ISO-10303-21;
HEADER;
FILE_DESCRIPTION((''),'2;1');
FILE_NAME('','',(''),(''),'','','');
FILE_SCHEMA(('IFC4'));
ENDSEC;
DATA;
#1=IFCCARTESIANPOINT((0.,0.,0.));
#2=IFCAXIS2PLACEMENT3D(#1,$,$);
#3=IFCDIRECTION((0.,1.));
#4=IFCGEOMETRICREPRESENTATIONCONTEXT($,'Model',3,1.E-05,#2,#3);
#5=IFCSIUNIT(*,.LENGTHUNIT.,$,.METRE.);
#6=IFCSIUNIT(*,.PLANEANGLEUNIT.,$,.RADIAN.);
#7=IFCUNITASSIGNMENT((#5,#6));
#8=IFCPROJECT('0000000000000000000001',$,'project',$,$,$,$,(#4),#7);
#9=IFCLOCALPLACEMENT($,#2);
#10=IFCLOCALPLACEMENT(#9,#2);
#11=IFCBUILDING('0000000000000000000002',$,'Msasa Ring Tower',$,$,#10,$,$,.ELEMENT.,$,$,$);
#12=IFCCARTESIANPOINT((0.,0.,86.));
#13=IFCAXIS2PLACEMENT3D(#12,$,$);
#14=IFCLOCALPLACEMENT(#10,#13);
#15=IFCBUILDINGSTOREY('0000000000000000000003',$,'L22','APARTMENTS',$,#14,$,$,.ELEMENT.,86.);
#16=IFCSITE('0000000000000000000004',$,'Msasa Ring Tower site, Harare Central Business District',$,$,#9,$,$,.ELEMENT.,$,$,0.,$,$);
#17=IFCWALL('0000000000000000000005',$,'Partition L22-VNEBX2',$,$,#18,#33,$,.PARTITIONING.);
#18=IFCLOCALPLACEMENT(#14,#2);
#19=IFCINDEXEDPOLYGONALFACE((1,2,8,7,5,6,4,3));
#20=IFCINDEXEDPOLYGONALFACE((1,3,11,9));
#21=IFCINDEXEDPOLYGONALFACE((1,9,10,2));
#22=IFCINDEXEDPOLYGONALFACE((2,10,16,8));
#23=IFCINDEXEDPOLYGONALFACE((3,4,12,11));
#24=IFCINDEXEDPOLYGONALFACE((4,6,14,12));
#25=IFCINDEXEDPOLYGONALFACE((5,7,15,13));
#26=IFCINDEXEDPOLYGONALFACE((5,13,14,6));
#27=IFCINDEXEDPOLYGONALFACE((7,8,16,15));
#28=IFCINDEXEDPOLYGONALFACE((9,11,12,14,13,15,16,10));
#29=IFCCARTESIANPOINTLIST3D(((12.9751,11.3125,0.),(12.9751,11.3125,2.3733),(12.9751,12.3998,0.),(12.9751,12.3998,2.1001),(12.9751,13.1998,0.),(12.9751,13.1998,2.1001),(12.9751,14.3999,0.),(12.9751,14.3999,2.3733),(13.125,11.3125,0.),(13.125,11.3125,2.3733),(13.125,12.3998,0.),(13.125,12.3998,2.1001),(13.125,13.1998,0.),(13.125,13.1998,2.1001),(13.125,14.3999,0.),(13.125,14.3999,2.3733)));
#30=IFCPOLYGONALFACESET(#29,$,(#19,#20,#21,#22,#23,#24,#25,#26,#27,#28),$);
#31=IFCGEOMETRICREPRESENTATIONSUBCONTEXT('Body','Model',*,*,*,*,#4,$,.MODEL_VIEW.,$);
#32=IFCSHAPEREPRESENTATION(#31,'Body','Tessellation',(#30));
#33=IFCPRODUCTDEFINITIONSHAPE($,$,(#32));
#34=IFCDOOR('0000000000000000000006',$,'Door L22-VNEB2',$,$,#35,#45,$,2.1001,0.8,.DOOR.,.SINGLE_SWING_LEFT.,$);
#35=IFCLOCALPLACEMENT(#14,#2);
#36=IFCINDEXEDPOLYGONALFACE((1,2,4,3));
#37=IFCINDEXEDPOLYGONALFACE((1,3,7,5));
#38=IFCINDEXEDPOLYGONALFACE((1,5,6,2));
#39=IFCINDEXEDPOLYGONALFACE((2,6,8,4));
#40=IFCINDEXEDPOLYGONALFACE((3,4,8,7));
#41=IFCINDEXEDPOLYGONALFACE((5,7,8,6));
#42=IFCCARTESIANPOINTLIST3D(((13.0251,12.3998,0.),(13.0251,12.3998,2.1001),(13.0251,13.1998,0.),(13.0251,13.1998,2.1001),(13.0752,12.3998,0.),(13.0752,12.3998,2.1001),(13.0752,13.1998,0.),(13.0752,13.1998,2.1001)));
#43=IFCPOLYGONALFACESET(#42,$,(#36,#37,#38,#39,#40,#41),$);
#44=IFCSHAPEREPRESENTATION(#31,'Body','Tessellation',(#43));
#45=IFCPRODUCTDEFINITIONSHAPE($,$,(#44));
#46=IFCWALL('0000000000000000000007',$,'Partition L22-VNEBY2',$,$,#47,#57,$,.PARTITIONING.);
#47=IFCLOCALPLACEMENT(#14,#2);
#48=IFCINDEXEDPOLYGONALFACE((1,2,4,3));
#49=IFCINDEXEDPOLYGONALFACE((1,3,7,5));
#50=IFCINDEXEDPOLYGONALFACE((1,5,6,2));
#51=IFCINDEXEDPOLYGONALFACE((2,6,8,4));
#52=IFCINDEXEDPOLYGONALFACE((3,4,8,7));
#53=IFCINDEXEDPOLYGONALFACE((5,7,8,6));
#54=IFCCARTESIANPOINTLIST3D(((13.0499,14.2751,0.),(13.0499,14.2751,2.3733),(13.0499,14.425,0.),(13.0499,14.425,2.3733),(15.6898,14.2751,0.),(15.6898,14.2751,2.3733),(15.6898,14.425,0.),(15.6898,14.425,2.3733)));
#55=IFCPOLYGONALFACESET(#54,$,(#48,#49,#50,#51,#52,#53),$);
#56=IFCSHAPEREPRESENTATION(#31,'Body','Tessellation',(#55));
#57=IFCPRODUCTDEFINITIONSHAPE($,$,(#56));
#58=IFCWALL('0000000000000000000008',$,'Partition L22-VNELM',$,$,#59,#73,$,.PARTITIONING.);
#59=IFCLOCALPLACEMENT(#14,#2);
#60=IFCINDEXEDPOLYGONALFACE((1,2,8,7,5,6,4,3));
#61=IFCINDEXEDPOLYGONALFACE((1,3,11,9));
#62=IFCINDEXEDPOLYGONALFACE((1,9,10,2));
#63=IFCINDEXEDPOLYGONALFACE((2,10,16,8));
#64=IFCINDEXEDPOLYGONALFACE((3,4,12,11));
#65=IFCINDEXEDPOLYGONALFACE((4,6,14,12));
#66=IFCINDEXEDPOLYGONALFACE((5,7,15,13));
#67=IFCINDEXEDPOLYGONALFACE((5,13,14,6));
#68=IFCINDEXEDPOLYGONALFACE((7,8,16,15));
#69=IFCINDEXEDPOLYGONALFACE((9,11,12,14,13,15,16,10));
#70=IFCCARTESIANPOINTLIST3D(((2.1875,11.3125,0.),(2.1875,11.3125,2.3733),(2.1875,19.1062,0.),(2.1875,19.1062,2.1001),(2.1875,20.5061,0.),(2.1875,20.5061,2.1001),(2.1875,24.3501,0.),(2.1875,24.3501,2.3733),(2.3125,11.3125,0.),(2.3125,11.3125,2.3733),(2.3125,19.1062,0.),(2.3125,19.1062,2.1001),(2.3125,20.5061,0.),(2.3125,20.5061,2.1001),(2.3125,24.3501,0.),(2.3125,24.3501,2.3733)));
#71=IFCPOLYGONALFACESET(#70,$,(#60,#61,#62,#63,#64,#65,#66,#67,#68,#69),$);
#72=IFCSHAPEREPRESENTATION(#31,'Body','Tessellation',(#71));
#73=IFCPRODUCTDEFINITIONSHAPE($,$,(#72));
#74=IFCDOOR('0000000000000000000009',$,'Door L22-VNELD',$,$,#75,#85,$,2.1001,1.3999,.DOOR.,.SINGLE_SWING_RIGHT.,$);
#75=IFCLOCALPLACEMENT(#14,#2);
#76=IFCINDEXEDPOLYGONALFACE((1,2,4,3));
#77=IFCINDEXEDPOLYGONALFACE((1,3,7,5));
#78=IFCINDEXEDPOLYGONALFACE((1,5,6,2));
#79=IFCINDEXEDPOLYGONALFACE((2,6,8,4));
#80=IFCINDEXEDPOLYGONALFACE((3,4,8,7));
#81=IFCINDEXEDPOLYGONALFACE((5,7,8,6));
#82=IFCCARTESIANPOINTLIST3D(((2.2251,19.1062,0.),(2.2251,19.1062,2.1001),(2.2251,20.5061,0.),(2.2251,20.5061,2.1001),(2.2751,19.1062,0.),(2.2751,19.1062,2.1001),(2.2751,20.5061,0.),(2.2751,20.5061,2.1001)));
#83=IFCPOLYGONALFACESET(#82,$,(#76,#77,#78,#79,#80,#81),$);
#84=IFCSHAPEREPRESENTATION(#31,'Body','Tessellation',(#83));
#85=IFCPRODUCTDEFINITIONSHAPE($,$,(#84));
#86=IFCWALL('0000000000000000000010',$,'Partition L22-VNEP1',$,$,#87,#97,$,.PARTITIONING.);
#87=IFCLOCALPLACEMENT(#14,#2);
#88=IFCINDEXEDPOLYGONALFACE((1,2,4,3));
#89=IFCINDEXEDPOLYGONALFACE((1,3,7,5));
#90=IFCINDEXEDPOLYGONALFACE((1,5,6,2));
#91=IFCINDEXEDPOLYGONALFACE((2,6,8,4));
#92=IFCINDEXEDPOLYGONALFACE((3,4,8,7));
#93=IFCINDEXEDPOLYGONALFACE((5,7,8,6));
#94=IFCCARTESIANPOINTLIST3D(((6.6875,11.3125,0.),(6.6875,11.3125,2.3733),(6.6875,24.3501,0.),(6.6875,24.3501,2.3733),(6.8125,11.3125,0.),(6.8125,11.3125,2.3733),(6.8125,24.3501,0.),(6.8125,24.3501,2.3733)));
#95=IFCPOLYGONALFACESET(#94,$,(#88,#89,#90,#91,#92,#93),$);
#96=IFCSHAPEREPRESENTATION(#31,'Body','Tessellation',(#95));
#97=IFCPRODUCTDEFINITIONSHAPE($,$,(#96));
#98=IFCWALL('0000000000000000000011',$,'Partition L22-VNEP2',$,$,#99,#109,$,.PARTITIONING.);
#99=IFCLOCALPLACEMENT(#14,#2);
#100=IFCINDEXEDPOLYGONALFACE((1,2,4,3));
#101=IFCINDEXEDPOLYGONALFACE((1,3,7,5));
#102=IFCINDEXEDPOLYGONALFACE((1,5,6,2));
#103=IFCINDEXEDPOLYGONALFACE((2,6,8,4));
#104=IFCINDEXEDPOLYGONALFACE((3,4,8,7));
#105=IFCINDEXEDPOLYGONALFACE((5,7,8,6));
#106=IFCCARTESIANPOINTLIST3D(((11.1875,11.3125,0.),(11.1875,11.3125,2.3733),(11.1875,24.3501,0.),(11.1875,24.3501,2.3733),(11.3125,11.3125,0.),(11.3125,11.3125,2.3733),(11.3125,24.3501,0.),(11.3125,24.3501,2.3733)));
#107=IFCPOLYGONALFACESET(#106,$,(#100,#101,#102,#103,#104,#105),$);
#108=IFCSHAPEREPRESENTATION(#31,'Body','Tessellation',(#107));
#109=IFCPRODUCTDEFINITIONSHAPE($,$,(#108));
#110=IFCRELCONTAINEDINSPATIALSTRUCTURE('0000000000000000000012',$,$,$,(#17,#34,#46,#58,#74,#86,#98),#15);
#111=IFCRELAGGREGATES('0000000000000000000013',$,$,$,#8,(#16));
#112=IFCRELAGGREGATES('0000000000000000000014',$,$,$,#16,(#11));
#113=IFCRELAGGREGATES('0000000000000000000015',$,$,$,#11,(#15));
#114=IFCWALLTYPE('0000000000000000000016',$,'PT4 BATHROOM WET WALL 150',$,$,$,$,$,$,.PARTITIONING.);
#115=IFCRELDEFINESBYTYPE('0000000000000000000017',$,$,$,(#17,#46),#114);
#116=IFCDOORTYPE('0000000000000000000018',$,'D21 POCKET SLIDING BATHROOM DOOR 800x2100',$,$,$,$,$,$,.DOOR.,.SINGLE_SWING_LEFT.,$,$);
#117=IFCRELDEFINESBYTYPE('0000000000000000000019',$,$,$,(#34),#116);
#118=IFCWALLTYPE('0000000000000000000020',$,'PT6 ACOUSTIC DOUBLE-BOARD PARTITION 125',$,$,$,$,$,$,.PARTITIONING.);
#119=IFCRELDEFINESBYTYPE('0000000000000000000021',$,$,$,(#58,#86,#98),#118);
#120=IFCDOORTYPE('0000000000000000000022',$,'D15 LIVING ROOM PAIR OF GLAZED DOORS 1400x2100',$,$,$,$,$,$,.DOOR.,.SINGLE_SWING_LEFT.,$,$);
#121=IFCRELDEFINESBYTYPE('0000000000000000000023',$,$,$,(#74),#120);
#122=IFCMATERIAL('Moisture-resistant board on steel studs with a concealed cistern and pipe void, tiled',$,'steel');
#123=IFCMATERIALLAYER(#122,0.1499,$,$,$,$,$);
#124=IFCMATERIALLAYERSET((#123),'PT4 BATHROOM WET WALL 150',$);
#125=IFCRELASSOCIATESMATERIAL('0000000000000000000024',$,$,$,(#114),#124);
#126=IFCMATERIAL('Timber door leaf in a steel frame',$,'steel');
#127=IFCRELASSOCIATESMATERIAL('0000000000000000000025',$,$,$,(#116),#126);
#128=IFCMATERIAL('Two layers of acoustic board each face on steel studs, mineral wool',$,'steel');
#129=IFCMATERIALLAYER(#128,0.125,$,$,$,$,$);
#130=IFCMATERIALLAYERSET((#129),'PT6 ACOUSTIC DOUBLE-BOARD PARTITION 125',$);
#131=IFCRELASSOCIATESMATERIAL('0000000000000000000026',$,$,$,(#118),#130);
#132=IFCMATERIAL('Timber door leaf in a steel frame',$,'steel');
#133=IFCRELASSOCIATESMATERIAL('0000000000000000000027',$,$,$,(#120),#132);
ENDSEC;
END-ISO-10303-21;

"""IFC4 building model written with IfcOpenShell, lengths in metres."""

from ifc_helpers import new_model, si_unit, direction, frame, frame_2d, origin, place, context, subcontext, project, spatial, rectangle, extrude, material, layer, layer_set, type_object, element, fill, save


model = new_model("IFC4")

# Units and contexts
model_context = context("Model", 3, precision=1e-05, world=origin(), true_north=direction((0.0, 1.0)))
body_context = subcontext(model_context, "Body", "Model", "MODEL_VIEW")
ifc_project = project(units=[si_unit("LENGTHUNIT", "METRE"), si_unit("PLANEANGLEUNIT", "RADIAN")], contexts=[model_context])

# Site, building, storey
site_placement = place(None, origin())
site = spatial("IfcSite", under=ifc_project, at=site_placement, Name="Msasa Ring Tower site, Harare Central Business District", CompositionType="ELEMENT", RefElevation=0.0)
building_placement = place(site_placement, origin())
building = spatial("IfcBuilding", under=site, at=building_placement, Name="Msasa Ring Tower", CompositionType="ELEMENT")
storey_placement = place(building_placement, frame((0.0, 0.0, 86.0)))
storey = spatial("IfcBuildingStorey", under=building, at=storey_placement, Name="L22", Description="APARTMENTS", CompositionType="ELEMENT", Elevation=86.0)

# Shared definitions
ifc_material_1 = material(Name="Moisture-resistant board on steel studs with a concealed cistern and pipe void, tiled", Category="steel")
ifc_layer_1 = layer(ifc_material_1, 0.1499)
ifc_layer_set_1 = layer_set([ifc_layer_1], Name="PT4 BATHROOM WET WALL 150")
wall_type_1 = type_object("IfcWallType", Name="PT4 BATHROOM WET WALL 150", PredefinedType="PARTITIONING", material=ifc_layer_set_1)
ifc_material_2 = material(Name="Timber door leaf in a steel frame", Category="steel")
door_type_1 = type_object("IfcDoorType", Name="D21 POCKET SLIDING BATHROOM DOOR 800x2100", OperationType="SINGLE_SWING_LEFT", PredefinedType="DOOR", material=ifc_material_2)

# Wall, opening, door
wall_1_placement = place(storey_placement, frame((13.05, 11.3125, 0.0), z_axis=(0.0, 0.0, 1.0), x_axis=(0.0, 1.0, 0.0)))
wall_1 = element("IfcWall", 1, at=wall_1_placement, inside=storey, type_object=wall_type_1, Name="Partition L22-VNEBX2", PredefinedType="PARTITIONING", context=body_context, shape_type="SweptSolid", body=[
    extrude(rectangle(XDim=3.0874, YDim=0.1499, at=frame_2d((1.5437, 0.0))), origin(), (0.0, 0.0, 1.0), 2.3733),
])
opening_1_placement = place(wall_1_placement, frame((1.0874, 0.0, 0.0)))
opening_1 = element("IfcOpeningElement", 2, at=opening_1_placement, cuts=wall_1, PredefinedType="OPENING", context=body_context, shape_type="SweptSolid", body=[
    extrude(rectangle(XDim=0.8, YDim=2.1001, at=frame_2d((0.3999, 1.05))), frame((0.0, 0.085, 0.0), z_axis=(0.0, -1.0, 0.0), x_axis=(1.0, 0.0, 0.0)), (0.0, 0.0, 1.0), 0.1699),
])
door_1_placement = place(opening_1_placement, origin())
door_1 = element("IfcDoor", 3, at=door_1_placement, inside=storey, type_object=door_type_1, Name="Door L22-VNEB2", OperationType="SINGLE_SWING_LEFT", OverallHeight=2.1001, OverallWidth=0.8, PredefinedType="DOOR", context=body_context, shape_type="SweptSolid", body=[
    extrude(rectangle(XDim=0.8, YDim=2.1001, at=frame_2d((0.3999, 1.05))), frame((0.0, 0.0249, 0.0), z_axis=(0.0, -1.0, 0.0), x_axis=(1.0, 0.0, 0.0)), (0.0, 0.0, 1.0), 0.05),
])
fill(opening_1, door_1)

# Wall
wall_2_placement = place(storey_placement, frame((13.05, 14.3501, 0.0), z_axis=(0.0, 0.0, 1.0), x_axis=(1.0, 0.0, 0.0)))
element("IfcWall", 4, at=wall_2_placement, inside=storey, type_object=wall_type_1, Name="Partition L22-VNEBY2", PredefinedType="PARTITIONING", context=body_context, shape_type="SweptSolid", body=[
    extrude(rectangle(XDim=2.6399, YDim=0.1499, at=frame_2d((1.3198, 0.0))), origin(), (0.0, 0.0, 1.0), 2.3733),
])

# Wall, opening, door
ifc_material_3 = material(Name="Two layers of acoustic board each face on steel studs, mineral wool", Category="steel")
ifc_layer_2 = layer(ifc_material_3, 0.125)
ifc_layer_set_2 = layer_set([ifc_layer_2], Name="PT6 ACOUSTIC DOUBLE-BOARD PARTITION 125")
wall_type_2 = type_object("IfcWallType", Name="PT6 ACOUSTIC DOUBLE-BOARD PARTITION 125", PredefinedType="PARTITIONING", material=ifc_layer_set_2)
wall_3_placement = place(storey_placement, frame((2.25, 11.3125, 0.0), z_axis=(0.0, 0.0, 1.0), x_axis=(0.0, 1.0, 0.0)))
wall_3 = element("IfcWall", 5, at=wall_3_placement, inside=storey, type_object=wall_type_2, Name="Partition L22-VNELM", PredefinedType="PARTITIONING", context=body_context, shape_type="SweptSolid", body=[
    extrude(rectangle(XDim=13.0376, YDim=0.125, at=frame_2d((6.5188, 0.0))), origin(), (0.0, 0.0, 1.0), 2.3733),
])
opening_2_placement = place(wall_3_placement, frame((7.7937, 0.0, 0.0)))
opening_2 = element("IfcOpeningElement", 6, at=opening_2_placement, cuts=wall_3, PredefinedType="OPENING", context=body_context, shape_type="SweptSolid", body=[
    extrude(rectangle(XDim=1.3999, YDim=2.1001, at=frame_2d((0.7, 1.05))), frame((0.0, 0.0725, 0.0), z_axis=(0.0, -1.0, 0.0), x_axis=(1.0, 0.0, 0.0)), (0.0, 0.0, 1.0), 0.145),
])
ifc_material_4 = material(Name="Timber door leaf in a steel frame", Category="steel")
door_type_2 = type_object("IfcDoorType", Name="D15 LIVING ROOM PAIR OF GLAZED DOORS 1400x2100", OperationType="SINGLE_SWING_LEFT", PredefinedType="DOOR", material=ifc_material_4)
door_2_placement = place(opening_2_placement, origin())
door_2 = element("IfcDoor", 7, at=door_2_placement, inside=storey, type_object=door_type_2, Name="Door L22-VNELD", OperationType="SINGLE_SWING_RIGHT", OverallHeight=2.1001, OverallWidth=1.3999, PredefinedType="DOOR", context=body_context, shape_type="SweptSolid", body=[
    extrude(rectangle(XDim=1.3999, YDim=2.1001, at=frame_2d((0.7, 1.05))), frame((0.0, 0.0249, 0.0), z_axis=(0.0, -1.0, 0.0), x_axis=(1.0, 0.0, 0.0)), (0.0, 0.0, 1.0), 0.05),
])
fill(opening_2, door_2)

# Walls
for number, where, z_axis, x_axis, name in (
    (8, (6.75, 11.3125, 0.0), (0.0, 0.0, 1.0), (0.0, 1.0, 0.0), "Partition L22-VNEP1"),
    (9, (11.25, 11.3125, 0.0), (0.0, 0.0, 1.0), (0.0, 1.0, 0.0), "Partition L22-VNEP2"),
):
    element("IfcWall", number, at=place(storey_placement, frame(where, z_axis=z_axis, x_axis=x_axis)), inside=storey, type_object=wall_type_2, Name=name, PredefinedType="PARTITIONING", context=body_context, shape_type="SweptSolid", body=[
        extrude(rectangle(XDim=13.0376, YDim=0.125, at=frame_2d((6.5188, 0.0))), origin(), (0.0, 0.0, 1.0), 2.3733),
    ])

save(model, "model.ifc")
